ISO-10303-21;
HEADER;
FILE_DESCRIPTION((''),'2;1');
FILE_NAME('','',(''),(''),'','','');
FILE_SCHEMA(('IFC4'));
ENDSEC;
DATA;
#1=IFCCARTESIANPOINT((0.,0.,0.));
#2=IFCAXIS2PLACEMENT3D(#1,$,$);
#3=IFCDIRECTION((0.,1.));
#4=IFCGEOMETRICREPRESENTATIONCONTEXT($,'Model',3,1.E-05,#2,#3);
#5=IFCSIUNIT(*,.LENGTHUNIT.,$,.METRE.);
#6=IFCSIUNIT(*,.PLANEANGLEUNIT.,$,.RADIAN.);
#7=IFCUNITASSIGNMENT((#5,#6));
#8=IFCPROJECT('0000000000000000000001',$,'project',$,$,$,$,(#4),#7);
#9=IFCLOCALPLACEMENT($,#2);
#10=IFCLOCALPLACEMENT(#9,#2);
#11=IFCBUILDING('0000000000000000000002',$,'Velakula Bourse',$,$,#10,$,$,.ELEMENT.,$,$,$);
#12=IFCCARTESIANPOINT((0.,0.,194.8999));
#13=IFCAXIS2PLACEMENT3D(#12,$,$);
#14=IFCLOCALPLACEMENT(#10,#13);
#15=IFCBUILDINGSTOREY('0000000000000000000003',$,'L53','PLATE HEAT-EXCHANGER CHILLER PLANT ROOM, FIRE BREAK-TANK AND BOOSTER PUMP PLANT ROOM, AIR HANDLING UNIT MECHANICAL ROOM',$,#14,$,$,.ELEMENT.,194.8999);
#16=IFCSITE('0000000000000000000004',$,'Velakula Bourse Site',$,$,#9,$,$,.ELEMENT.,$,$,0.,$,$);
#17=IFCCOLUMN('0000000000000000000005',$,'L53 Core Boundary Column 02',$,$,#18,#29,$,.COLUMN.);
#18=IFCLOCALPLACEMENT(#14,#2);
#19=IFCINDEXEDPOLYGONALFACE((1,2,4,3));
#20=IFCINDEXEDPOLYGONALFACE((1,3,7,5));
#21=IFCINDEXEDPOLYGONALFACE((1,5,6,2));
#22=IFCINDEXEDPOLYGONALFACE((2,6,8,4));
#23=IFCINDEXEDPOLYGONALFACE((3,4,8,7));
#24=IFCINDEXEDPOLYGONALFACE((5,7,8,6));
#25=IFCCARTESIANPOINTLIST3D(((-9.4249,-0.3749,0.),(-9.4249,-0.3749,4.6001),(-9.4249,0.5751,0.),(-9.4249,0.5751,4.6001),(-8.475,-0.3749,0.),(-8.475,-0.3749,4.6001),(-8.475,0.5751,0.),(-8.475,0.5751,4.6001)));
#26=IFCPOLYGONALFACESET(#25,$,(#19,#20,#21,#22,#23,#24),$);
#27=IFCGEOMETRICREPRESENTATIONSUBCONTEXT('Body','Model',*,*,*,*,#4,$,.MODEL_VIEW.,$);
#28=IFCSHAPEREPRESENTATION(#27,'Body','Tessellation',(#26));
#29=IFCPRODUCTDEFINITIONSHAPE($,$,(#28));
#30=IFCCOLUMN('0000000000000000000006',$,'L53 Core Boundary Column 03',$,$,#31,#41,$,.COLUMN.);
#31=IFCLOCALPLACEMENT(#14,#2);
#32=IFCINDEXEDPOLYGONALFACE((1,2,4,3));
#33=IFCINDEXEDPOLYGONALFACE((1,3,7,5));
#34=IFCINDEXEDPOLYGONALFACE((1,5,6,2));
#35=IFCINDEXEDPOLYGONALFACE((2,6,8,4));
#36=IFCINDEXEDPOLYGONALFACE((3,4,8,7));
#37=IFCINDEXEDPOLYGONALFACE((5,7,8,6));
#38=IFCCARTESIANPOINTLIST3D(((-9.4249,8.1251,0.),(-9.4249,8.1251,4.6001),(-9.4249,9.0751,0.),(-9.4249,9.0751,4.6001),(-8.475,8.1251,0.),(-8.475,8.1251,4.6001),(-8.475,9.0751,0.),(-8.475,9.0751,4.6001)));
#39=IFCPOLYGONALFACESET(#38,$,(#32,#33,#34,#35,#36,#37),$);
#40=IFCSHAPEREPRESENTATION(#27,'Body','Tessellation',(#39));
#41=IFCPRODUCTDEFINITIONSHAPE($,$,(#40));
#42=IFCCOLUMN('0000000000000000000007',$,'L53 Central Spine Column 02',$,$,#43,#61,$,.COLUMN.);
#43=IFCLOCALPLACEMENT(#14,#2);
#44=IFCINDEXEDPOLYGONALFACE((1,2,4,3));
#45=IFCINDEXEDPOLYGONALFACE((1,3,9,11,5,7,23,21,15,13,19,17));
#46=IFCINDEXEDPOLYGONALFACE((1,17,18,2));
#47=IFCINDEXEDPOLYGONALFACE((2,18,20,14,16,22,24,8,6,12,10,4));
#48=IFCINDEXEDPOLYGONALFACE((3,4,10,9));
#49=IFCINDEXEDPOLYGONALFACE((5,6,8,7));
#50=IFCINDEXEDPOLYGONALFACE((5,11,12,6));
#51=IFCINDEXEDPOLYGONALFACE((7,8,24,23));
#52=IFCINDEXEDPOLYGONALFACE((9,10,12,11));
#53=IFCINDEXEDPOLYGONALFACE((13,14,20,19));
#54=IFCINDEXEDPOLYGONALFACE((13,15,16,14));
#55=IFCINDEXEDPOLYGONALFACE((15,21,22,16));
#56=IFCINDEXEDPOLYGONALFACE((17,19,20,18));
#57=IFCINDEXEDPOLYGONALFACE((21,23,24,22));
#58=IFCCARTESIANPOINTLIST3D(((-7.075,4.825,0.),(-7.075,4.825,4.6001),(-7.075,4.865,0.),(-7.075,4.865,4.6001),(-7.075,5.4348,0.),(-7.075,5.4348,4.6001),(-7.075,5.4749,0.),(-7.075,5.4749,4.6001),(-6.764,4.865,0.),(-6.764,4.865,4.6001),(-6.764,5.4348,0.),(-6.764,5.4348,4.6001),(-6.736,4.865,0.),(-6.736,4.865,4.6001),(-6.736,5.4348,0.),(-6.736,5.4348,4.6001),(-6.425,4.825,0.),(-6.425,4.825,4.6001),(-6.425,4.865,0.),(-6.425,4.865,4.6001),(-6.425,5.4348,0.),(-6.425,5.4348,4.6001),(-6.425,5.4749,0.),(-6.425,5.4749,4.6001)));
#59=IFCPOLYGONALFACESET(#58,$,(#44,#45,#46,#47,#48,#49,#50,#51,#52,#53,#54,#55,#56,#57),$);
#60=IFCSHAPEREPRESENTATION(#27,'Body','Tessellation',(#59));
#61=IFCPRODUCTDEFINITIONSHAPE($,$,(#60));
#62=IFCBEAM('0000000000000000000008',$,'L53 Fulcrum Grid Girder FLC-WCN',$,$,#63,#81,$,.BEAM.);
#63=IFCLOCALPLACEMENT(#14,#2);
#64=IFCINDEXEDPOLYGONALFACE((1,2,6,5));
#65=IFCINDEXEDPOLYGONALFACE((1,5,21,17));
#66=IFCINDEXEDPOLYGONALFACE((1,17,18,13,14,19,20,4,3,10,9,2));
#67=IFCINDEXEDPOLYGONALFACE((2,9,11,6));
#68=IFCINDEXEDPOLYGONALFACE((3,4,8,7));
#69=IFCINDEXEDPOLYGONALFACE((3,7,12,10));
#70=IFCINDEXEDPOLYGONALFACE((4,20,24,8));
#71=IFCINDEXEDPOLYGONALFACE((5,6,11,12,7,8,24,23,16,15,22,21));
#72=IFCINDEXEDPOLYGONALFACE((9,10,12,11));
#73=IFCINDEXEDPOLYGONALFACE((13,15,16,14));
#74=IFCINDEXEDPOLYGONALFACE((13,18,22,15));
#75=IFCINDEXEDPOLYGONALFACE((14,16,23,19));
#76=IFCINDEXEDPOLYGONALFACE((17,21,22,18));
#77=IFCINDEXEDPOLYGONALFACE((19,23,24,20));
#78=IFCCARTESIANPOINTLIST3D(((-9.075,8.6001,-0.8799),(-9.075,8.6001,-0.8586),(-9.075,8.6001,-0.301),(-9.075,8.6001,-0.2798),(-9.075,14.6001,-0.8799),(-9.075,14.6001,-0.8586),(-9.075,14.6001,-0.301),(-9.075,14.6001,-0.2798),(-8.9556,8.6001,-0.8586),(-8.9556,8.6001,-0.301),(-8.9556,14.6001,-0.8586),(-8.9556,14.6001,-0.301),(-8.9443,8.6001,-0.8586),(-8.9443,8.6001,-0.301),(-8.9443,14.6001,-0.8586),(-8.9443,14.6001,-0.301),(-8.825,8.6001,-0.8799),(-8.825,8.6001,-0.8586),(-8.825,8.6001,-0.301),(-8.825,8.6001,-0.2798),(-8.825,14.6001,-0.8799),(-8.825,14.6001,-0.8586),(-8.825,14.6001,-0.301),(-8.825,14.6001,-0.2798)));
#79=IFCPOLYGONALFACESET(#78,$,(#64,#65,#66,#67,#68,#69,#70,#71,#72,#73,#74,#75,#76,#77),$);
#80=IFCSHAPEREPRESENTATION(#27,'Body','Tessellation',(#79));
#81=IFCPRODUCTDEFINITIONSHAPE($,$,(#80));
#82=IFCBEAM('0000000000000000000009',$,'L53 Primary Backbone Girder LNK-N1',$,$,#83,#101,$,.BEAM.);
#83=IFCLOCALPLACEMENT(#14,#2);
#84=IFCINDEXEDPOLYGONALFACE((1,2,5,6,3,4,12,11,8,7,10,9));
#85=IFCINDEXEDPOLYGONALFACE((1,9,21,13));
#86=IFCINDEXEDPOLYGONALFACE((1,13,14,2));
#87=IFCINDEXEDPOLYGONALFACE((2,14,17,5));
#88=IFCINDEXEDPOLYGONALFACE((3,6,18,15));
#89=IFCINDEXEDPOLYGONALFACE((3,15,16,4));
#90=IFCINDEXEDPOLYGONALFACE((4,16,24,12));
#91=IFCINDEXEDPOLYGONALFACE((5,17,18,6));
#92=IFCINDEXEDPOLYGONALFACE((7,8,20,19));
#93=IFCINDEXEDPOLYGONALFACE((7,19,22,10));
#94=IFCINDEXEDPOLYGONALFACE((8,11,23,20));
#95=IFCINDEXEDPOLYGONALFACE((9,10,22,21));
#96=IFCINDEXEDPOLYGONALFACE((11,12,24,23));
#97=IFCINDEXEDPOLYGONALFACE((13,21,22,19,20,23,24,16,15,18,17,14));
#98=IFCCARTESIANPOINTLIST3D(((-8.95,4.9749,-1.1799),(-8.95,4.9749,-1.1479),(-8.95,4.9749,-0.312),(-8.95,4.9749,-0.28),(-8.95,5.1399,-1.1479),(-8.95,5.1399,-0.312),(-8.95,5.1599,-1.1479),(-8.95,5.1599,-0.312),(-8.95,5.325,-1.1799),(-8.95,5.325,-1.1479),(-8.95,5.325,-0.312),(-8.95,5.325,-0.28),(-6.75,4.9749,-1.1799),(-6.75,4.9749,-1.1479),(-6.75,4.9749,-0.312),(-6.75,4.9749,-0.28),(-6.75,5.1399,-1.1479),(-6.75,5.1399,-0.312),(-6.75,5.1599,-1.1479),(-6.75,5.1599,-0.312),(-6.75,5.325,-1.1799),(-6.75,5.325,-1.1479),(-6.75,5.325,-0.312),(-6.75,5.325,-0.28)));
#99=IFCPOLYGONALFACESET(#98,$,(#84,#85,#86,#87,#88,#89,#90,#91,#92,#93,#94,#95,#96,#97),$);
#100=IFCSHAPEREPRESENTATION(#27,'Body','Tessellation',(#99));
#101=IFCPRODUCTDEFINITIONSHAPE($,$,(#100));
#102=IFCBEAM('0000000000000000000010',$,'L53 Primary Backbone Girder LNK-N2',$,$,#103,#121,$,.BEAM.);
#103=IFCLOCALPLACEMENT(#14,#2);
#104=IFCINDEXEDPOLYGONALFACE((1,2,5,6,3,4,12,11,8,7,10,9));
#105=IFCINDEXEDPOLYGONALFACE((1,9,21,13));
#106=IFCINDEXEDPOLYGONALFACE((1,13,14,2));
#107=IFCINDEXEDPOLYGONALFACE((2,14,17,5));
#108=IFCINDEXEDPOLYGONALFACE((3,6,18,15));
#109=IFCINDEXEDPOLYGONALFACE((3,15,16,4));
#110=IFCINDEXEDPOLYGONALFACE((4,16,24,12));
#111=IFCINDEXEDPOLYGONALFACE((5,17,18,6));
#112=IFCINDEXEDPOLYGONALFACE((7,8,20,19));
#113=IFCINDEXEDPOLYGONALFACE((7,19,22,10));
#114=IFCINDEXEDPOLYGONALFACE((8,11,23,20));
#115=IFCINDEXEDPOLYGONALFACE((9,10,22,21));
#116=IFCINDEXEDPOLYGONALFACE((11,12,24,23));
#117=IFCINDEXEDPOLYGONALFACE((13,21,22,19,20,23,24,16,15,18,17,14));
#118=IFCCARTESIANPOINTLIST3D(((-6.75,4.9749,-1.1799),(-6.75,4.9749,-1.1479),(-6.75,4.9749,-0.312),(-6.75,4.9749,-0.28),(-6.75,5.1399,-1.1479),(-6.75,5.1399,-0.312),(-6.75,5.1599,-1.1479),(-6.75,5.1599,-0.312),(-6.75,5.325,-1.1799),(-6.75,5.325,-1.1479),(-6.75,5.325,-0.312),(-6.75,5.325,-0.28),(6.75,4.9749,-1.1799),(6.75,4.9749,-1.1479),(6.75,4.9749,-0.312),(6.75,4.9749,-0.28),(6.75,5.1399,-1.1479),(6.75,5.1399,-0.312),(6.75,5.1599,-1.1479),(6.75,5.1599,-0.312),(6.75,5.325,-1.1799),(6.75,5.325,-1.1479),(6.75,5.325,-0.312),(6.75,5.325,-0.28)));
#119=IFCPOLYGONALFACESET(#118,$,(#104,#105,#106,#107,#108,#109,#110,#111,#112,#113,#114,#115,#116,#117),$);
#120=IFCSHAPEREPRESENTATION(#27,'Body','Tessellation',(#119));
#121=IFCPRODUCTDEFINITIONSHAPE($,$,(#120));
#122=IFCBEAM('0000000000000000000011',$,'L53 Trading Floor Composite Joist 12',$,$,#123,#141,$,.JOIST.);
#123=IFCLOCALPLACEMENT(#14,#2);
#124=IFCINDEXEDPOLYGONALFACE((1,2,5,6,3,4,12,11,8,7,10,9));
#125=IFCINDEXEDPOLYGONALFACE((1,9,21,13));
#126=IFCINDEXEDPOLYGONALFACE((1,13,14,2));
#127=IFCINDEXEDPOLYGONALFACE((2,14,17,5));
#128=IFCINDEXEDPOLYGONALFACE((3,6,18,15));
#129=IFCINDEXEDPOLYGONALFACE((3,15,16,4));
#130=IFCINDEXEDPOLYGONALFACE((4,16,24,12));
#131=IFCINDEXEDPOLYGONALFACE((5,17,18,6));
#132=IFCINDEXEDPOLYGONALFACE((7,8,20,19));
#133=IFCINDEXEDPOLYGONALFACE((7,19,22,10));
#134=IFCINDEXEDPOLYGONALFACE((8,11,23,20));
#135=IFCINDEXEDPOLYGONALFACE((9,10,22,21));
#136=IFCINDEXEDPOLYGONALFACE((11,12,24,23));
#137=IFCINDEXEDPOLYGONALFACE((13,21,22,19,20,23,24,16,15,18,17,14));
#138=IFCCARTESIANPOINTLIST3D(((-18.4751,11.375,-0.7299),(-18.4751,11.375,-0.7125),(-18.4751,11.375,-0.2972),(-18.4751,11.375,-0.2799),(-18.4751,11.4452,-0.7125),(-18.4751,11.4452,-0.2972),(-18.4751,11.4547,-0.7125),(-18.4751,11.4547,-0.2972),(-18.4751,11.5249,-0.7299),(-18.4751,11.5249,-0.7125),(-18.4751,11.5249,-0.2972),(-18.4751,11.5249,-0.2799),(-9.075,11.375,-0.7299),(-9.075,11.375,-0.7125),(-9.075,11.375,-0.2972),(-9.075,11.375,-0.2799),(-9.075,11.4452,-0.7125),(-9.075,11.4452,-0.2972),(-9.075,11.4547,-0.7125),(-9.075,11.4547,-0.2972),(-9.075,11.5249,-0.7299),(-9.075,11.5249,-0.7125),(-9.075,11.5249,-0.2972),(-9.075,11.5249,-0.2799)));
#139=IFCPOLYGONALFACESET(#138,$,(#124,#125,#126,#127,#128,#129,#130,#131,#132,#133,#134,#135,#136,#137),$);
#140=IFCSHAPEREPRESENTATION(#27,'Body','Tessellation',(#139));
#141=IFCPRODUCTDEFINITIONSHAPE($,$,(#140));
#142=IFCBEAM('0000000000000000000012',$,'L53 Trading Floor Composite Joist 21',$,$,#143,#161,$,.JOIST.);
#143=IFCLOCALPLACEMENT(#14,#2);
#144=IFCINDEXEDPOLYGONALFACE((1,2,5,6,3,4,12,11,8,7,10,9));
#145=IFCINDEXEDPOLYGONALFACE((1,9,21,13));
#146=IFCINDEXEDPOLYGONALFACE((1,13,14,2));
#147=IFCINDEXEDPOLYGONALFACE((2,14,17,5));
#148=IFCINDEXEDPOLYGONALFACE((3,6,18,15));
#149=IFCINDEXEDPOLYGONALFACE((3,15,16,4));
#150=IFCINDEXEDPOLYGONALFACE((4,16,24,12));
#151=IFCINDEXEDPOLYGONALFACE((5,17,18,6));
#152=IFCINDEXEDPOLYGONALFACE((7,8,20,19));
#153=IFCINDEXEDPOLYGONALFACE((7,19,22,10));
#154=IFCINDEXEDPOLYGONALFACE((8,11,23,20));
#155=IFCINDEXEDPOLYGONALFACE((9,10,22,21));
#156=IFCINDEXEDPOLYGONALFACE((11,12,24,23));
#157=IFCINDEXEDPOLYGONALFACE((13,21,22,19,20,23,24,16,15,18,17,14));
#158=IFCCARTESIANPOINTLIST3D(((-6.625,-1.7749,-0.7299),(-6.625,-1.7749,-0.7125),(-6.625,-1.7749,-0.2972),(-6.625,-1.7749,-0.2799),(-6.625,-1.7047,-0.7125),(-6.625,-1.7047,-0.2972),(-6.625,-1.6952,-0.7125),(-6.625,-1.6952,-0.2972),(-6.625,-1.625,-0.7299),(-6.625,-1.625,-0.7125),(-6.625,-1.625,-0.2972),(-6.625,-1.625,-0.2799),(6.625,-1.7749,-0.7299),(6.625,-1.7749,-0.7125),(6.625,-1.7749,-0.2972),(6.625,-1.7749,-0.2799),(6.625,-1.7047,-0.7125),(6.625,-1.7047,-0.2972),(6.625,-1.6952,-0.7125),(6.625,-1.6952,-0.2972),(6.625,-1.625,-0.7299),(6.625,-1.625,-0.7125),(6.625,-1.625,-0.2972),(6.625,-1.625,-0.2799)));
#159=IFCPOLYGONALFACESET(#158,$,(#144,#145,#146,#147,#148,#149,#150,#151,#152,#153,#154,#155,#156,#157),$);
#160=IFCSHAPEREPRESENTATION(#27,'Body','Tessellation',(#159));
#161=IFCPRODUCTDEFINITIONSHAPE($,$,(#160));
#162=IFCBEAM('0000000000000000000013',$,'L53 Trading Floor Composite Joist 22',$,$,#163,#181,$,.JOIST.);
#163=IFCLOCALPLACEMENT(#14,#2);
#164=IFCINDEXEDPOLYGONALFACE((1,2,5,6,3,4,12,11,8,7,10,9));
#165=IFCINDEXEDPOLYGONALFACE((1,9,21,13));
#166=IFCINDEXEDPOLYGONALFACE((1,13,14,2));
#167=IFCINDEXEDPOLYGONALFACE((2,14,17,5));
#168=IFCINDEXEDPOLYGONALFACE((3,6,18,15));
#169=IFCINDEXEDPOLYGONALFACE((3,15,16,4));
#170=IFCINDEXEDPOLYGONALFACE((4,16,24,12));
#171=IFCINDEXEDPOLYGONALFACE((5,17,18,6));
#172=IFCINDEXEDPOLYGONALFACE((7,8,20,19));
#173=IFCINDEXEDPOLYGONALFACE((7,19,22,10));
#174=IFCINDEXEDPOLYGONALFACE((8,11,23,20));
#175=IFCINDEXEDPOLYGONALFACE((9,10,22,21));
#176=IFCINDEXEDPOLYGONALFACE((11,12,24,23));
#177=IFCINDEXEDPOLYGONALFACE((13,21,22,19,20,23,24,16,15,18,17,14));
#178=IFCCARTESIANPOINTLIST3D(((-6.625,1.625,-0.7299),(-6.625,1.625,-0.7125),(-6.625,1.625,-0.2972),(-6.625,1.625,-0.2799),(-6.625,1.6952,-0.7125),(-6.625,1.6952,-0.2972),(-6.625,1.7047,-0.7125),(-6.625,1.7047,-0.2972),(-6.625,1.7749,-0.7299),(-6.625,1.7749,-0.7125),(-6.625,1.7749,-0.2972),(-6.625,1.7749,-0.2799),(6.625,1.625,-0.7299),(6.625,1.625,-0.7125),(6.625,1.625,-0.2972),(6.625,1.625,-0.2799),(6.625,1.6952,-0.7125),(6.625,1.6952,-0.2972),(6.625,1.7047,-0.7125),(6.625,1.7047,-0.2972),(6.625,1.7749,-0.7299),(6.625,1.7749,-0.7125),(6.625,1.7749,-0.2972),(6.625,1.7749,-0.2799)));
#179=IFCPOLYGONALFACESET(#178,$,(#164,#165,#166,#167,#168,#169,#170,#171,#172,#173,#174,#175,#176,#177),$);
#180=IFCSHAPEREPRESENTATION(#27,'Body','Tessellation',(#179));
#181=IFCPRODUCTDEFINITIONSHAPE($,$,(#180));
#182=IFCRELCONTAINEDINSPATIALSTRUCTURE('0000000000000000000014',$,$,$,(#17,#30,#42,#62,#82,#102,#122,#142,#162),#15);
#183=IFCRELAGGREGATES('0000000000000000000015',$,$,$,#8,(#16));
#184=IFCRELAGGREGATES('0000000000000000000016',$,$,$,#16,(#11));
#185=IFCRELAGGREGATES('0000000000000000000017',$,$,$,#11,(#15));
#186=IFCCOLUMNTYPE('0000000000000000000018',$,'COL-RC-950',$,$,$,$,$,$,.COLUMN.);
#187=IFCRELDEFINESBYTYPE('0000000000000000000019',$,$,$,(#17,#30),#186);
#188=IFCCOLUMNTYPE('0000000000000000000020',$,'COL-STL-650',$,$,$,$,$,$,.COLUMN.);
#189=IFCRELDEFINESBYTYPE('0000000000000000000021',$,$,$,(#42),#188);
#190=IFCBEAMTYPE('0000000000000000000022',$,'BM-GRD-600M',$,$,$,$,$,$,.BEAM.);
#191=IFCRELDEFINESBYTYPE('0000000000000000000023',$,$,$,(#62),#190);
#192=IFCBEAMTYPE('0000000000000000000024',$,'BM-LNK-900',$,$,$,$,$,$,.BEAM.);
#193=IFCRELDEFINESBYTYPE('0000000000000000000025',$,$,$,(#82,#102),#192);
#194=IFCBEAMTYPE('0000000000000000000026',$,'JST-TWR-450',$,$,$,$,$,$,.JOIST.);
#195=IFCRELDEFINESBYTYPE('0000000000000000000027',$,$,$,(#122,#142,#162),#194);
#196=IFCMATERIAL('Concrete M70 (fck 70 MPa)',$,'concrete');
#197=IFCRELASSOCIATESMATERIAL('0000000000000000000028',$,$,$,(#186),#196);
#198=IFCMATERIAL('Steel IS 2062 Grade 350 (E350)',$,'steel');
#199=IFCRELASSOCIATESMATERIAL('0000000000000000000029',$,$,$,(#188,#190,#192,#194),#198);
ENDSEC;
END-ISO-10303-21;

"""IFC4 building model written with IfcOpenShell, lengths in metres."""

from ifc_helpers import new_model, si_unit, direction, frame, origin, origin_2d, place, context, subcontext, project, spatial, rectangle, i_section, extrude, material, material_profile, profile_set, type_object, element, save


model = new_model("IFC4")

# Units and contexts
model_context = context("Model", 3, precision=1e-05, world=origin(), true_north=direction((0.0, 1.0)))
body_context = subcontext(model_context, "Body", "Model", "MODEL_VIEW")
ifc_project = project(units=[si_unit("LENGTHUNIT", "METRE"), si_unit("PLANEANGLEUNIT", "RADIAN")], contexts=[model_context])

# Site, building, storey
site_placement = place(None, origin())
site = spatial("IfcSite", under=ifc_project, at=site_placement, Name="Velakula Bourse Site", CompositionType="ELEMENT", RefElevation=0.0)
building_placement = place(site_placement, origin())
building = spatial("IfcBuilding", under=site, at=building_placement, Name="Velakula Bourse", CompositionType="ELEMENT")
storey_placement = place(building_placement, frame((0.0, 0.0, 194.8999)))
storey = spatial("IfcBuildingStorey", under=building, at=storey_placement, Name="L53", Description="PLATE HEAT-EXCHANGER CHILLER PLANT ROOM, FIRE BREAK-TANK AND BOOSTER PUMP PLANT ROOM, AIR HANDLING UNIT MECHANICAL ROOM", CompositionType="ELEMENT", Elevation=194.8999)

# Columns
ifc_material_1 = material(Name="Concrete M70 (fck 70 MPa)", Category="concrete")
ifc_material_profile_1 = material_profile(ifc_material_1, rectangle(XDim=0.95, YDim=0.95, at=origin_2d()), Name="Concrete M70 (fck 70 MPa)")
ifc_profile_set_1 = profile_set([ifc_material_profile_1], Name="Concrete M70 (fck 70 MPa)")
column_type_1 = type_object("IfcColumnType", Name="COL-RC-950", PredefinedType="COLUMN", material=ifc_profile_set_1)
for number, where, z_axis, x_axis, name in (
    (1, (-8.95, 0.1001, 0.0), (0.0, 0.0, 1.0), (1.0, 0.0, 0.0), "L53 Core Boundary Column 02"),
    (2, (-8.95, 8.6001, 0.0), (0.0, 0.0, 1.0), (1.0, 0.0, 0.0), "L53 Core Boundary Column 03"),
):
    element("IfcColumn", number, at=place(storey_placement, frame(where, z_axis=z_axis, x_axis=x_axis)), inside=storey, type_object=column_type_1, Name=name, PredefinedType="COLUMN", context=body_context, shape_type="SweptSolid", body=[
        extrude(rectangle(XDim=0.95, YDim=0.95, at=origin_2d()), origin(), (0.0, 0.0, 1.0), 4.6001),
    ])
ifc_material_2 = material(Name="Steel IS 2062 Grade 350 (E350)", Category="steel")
ifc_material_profile_2 = material_profile(ifc_material_2, i_section(OverallWidth=0.6499, OverallDepth=0.6499, WebThickness=0.0281, FlangeThickness=0.04, at=origin_2d()), Name="Steel IS 2062 Grade 350 (E350)")
ifc_profile_set_2 = profile_set([ifc_material_profile_2], Name="Steel IS 2062 Grade 350 (E350)")
column_type_2 = type_object("IfcColumnType", Name="COL-STL-650", PredefinedType="COLUMN", material=ifc_profile_set_2)
column_placement = place(storey_placement, frame((-6.75, 5.1499, 0.0), z_axis=(0.0, 0.0, 1.0), x_axis=(1.0, 0.0, 0.0)))
element("IfcColumn", 3, at=column_placement, inside=storey, type_object=column_type_2, Name="L53 Central Spine Column 02", PredefinedType="COLUMN", context=body_context, shape_type="SweptSolid", body=[
    extrude(i_section(OverallWidth=0.6499, OverallDepth=0.6499, WebThickness=0.0281, FlangeThickness=0.04, at=origin_2d()), origin(), (0.0, 0.0, 1.0), 4.6001),
])

# Beams
ifc_material_profile_3 = material_profile(ifc_material_2, i_section(OverallWidth=0.25, OverallDepth=0.6001, WebThickness=0.0112, FlangeThickness=0.0212, at=origin_2d()), Name="Steel IS 2062 Grade 350 (E350)")
ifc_profile_set_3 = profile_set([ifc_material_profile_3], Name="Steel IS 2062 Grade 350 (E350)")
beam_type_1 = type_object("IfcBeamType", Name="BM-GRD-600M", PredefinedType="BEAM", material=ifc_profile_set_3)
beam_1_placement = place(storey_placement, frame((-8.95, 8.6001, -0.5798), z_axis=(0.0, 1.0, 0.0), x_axis=(-1.0, 0.0, 0.0)))
element("IfcBeam", 4, at=beam_1_placement, inside=storey, type_object=beam_type_1, Name="L53 Fulcrum Grid Girder FLC-WCN", PredefinedType="BEAM", context=body_context, shape_type="SweptSolid", body=[
    extrude(i_section(OverallWidth=0.25, OverallDepth=0.6001, WebThickness=0.0112, FlangeThickness=0.0212, at=origin_2d()), origin(), (0.0, 0.0, 1.0), 6.0),
])
ifc_material_profile_4 = material_profile(ifc_material_2, i_section(OverallWidth=0.3501, OverallDepth=0.8999, WebThickness=0.02, FlangeThickness=0.032, at=origin_2d()), Name="Steel IS 2062 Grade 350 (E350)")
ifc_profile_set_4 = profile_set([ifc_material_profile_4], Name="Steel IS 2062 Grade 350 (E350)")
beam_type_2 = type_object("IfcBeamType", Name="BM-LNK-900", PredefinedType="BEAM", material=ifc_profile_set_4)
beam_2_placement = place(storey_placement, frame((-8.95, 5.1499, -0.73), z_axis=(1.0, 0.0, 0.0), x_axis=(0.0, 1.0, 0.0)))
element("IfcBeam", 5, at=beam_2_placement, inside=storey, type_object=beam_type_2, Name="L53 Primary Backbone Girder LNK-N1", PredefinedType="BEAM", context=body_context, shape_type="SweptSolid", body=[
    extrude(i_section(OverallWidth=0.3501, OverallDepth=0.8999, WebThickness=0.02, FlangeThickness=0.032, at=origin_2d()), origin(), (0.0, 0.0, 1.0), 2.2),
])
beam_3_placement = place(storey_placement, frame((-6.75, 5.1499, -0.73), z_axis=(1.0, 0.0, 0.0), x_axis=(0.0, 1.0, 0.0)))
element("IfcBeam", 6, at=beam_3_placement, inside=storey, type_object=beam_type_2, Name="L53 Primary Backbone Girder LNK-N2", PredefinedType="BEAM", context=body_context, shape_type="SweptSolid", body=[
    extrude(i_section(OverallWidth=0.3501, OverallDepth=0.8999, WebThickness=0.02, FlangeThickness=0.032, at=origin_2d()), origin(), (0.0, 0.0, 1.0), 13.5),
])
ifc_material_profile_5 = material_profile(ifc_material_2, i_section(OverallWidth=0.1499, OverallDepth=0.45, WebThickness=0.0095, FlangeThickness=0.0173, at=origin_2d()), Name="Steel IS 2062 Grade 350 (E350)")
ifc_profile_set_5 = profile_set([ifc_material_profile_5], Name="Steel IS 2062 Grade 350 (E350)")
beam_type_3 = type_object("IfcBeamType", Name="JST-TWR-450", PredefinedType="JOIST", material=ifc_profile_set_5)
beam_4_placement = place(storey_placement, frame((-18.4751, 11.45, -0.5049), z_axis=(1.0, 0.0, 0.0), x_axis=(0.0, 1.0, 0.0)))
element("IfcBeam", 7, at=beam_4_placement, inside=storey, type_object=beam_type_3, Name="L53 Trading Floor Composite Joist 12", PredefinedType="JOIST", context=body_context, shape_type="SweptSolid", body=[
    extrude(i_section(OverallWidth=0.1499, OverallDepth=0.45, WebThickness=0.0095, FlangeThickness=0.0173, at=origin_2d()), origin(), (0.0, 0.0, 1.0), 9.4001),
])
for number, where, z_axis, x_axis, name in (
    (8, (-6.625, -1.7, -0.5049), (1.0, 0.0, 0.0), (0.0, 1.0, 0.0), "L53 Trading Floor Composite Joist 21"),
    (9, (-6.625, 1.7, -0.5049), (1.0, 0.0, 0.0), (0.0, 1.0, 0.0), "L53 Trading Floor Composite Joist 22"),
):
    element("IfcBeam", number, at=place(storey_placement, frame(where, z_axis=z_axis, x_axis=x_axis)), inside=storey, type_object=beam_type_3, Name=name, PredefinedType="JOIST", context=body_context, shape_type="SweptSolid", body=[
        extrude(i_section(OverallWidth=0.1499, OverallDepth=0.45, WebThickness=0.0095, FlangeThickness=0.0173, at=origin_2d()), origin(), (0.0, 0.0, 1.0), 13.25),
    ])

save(model, "model.ifc")
